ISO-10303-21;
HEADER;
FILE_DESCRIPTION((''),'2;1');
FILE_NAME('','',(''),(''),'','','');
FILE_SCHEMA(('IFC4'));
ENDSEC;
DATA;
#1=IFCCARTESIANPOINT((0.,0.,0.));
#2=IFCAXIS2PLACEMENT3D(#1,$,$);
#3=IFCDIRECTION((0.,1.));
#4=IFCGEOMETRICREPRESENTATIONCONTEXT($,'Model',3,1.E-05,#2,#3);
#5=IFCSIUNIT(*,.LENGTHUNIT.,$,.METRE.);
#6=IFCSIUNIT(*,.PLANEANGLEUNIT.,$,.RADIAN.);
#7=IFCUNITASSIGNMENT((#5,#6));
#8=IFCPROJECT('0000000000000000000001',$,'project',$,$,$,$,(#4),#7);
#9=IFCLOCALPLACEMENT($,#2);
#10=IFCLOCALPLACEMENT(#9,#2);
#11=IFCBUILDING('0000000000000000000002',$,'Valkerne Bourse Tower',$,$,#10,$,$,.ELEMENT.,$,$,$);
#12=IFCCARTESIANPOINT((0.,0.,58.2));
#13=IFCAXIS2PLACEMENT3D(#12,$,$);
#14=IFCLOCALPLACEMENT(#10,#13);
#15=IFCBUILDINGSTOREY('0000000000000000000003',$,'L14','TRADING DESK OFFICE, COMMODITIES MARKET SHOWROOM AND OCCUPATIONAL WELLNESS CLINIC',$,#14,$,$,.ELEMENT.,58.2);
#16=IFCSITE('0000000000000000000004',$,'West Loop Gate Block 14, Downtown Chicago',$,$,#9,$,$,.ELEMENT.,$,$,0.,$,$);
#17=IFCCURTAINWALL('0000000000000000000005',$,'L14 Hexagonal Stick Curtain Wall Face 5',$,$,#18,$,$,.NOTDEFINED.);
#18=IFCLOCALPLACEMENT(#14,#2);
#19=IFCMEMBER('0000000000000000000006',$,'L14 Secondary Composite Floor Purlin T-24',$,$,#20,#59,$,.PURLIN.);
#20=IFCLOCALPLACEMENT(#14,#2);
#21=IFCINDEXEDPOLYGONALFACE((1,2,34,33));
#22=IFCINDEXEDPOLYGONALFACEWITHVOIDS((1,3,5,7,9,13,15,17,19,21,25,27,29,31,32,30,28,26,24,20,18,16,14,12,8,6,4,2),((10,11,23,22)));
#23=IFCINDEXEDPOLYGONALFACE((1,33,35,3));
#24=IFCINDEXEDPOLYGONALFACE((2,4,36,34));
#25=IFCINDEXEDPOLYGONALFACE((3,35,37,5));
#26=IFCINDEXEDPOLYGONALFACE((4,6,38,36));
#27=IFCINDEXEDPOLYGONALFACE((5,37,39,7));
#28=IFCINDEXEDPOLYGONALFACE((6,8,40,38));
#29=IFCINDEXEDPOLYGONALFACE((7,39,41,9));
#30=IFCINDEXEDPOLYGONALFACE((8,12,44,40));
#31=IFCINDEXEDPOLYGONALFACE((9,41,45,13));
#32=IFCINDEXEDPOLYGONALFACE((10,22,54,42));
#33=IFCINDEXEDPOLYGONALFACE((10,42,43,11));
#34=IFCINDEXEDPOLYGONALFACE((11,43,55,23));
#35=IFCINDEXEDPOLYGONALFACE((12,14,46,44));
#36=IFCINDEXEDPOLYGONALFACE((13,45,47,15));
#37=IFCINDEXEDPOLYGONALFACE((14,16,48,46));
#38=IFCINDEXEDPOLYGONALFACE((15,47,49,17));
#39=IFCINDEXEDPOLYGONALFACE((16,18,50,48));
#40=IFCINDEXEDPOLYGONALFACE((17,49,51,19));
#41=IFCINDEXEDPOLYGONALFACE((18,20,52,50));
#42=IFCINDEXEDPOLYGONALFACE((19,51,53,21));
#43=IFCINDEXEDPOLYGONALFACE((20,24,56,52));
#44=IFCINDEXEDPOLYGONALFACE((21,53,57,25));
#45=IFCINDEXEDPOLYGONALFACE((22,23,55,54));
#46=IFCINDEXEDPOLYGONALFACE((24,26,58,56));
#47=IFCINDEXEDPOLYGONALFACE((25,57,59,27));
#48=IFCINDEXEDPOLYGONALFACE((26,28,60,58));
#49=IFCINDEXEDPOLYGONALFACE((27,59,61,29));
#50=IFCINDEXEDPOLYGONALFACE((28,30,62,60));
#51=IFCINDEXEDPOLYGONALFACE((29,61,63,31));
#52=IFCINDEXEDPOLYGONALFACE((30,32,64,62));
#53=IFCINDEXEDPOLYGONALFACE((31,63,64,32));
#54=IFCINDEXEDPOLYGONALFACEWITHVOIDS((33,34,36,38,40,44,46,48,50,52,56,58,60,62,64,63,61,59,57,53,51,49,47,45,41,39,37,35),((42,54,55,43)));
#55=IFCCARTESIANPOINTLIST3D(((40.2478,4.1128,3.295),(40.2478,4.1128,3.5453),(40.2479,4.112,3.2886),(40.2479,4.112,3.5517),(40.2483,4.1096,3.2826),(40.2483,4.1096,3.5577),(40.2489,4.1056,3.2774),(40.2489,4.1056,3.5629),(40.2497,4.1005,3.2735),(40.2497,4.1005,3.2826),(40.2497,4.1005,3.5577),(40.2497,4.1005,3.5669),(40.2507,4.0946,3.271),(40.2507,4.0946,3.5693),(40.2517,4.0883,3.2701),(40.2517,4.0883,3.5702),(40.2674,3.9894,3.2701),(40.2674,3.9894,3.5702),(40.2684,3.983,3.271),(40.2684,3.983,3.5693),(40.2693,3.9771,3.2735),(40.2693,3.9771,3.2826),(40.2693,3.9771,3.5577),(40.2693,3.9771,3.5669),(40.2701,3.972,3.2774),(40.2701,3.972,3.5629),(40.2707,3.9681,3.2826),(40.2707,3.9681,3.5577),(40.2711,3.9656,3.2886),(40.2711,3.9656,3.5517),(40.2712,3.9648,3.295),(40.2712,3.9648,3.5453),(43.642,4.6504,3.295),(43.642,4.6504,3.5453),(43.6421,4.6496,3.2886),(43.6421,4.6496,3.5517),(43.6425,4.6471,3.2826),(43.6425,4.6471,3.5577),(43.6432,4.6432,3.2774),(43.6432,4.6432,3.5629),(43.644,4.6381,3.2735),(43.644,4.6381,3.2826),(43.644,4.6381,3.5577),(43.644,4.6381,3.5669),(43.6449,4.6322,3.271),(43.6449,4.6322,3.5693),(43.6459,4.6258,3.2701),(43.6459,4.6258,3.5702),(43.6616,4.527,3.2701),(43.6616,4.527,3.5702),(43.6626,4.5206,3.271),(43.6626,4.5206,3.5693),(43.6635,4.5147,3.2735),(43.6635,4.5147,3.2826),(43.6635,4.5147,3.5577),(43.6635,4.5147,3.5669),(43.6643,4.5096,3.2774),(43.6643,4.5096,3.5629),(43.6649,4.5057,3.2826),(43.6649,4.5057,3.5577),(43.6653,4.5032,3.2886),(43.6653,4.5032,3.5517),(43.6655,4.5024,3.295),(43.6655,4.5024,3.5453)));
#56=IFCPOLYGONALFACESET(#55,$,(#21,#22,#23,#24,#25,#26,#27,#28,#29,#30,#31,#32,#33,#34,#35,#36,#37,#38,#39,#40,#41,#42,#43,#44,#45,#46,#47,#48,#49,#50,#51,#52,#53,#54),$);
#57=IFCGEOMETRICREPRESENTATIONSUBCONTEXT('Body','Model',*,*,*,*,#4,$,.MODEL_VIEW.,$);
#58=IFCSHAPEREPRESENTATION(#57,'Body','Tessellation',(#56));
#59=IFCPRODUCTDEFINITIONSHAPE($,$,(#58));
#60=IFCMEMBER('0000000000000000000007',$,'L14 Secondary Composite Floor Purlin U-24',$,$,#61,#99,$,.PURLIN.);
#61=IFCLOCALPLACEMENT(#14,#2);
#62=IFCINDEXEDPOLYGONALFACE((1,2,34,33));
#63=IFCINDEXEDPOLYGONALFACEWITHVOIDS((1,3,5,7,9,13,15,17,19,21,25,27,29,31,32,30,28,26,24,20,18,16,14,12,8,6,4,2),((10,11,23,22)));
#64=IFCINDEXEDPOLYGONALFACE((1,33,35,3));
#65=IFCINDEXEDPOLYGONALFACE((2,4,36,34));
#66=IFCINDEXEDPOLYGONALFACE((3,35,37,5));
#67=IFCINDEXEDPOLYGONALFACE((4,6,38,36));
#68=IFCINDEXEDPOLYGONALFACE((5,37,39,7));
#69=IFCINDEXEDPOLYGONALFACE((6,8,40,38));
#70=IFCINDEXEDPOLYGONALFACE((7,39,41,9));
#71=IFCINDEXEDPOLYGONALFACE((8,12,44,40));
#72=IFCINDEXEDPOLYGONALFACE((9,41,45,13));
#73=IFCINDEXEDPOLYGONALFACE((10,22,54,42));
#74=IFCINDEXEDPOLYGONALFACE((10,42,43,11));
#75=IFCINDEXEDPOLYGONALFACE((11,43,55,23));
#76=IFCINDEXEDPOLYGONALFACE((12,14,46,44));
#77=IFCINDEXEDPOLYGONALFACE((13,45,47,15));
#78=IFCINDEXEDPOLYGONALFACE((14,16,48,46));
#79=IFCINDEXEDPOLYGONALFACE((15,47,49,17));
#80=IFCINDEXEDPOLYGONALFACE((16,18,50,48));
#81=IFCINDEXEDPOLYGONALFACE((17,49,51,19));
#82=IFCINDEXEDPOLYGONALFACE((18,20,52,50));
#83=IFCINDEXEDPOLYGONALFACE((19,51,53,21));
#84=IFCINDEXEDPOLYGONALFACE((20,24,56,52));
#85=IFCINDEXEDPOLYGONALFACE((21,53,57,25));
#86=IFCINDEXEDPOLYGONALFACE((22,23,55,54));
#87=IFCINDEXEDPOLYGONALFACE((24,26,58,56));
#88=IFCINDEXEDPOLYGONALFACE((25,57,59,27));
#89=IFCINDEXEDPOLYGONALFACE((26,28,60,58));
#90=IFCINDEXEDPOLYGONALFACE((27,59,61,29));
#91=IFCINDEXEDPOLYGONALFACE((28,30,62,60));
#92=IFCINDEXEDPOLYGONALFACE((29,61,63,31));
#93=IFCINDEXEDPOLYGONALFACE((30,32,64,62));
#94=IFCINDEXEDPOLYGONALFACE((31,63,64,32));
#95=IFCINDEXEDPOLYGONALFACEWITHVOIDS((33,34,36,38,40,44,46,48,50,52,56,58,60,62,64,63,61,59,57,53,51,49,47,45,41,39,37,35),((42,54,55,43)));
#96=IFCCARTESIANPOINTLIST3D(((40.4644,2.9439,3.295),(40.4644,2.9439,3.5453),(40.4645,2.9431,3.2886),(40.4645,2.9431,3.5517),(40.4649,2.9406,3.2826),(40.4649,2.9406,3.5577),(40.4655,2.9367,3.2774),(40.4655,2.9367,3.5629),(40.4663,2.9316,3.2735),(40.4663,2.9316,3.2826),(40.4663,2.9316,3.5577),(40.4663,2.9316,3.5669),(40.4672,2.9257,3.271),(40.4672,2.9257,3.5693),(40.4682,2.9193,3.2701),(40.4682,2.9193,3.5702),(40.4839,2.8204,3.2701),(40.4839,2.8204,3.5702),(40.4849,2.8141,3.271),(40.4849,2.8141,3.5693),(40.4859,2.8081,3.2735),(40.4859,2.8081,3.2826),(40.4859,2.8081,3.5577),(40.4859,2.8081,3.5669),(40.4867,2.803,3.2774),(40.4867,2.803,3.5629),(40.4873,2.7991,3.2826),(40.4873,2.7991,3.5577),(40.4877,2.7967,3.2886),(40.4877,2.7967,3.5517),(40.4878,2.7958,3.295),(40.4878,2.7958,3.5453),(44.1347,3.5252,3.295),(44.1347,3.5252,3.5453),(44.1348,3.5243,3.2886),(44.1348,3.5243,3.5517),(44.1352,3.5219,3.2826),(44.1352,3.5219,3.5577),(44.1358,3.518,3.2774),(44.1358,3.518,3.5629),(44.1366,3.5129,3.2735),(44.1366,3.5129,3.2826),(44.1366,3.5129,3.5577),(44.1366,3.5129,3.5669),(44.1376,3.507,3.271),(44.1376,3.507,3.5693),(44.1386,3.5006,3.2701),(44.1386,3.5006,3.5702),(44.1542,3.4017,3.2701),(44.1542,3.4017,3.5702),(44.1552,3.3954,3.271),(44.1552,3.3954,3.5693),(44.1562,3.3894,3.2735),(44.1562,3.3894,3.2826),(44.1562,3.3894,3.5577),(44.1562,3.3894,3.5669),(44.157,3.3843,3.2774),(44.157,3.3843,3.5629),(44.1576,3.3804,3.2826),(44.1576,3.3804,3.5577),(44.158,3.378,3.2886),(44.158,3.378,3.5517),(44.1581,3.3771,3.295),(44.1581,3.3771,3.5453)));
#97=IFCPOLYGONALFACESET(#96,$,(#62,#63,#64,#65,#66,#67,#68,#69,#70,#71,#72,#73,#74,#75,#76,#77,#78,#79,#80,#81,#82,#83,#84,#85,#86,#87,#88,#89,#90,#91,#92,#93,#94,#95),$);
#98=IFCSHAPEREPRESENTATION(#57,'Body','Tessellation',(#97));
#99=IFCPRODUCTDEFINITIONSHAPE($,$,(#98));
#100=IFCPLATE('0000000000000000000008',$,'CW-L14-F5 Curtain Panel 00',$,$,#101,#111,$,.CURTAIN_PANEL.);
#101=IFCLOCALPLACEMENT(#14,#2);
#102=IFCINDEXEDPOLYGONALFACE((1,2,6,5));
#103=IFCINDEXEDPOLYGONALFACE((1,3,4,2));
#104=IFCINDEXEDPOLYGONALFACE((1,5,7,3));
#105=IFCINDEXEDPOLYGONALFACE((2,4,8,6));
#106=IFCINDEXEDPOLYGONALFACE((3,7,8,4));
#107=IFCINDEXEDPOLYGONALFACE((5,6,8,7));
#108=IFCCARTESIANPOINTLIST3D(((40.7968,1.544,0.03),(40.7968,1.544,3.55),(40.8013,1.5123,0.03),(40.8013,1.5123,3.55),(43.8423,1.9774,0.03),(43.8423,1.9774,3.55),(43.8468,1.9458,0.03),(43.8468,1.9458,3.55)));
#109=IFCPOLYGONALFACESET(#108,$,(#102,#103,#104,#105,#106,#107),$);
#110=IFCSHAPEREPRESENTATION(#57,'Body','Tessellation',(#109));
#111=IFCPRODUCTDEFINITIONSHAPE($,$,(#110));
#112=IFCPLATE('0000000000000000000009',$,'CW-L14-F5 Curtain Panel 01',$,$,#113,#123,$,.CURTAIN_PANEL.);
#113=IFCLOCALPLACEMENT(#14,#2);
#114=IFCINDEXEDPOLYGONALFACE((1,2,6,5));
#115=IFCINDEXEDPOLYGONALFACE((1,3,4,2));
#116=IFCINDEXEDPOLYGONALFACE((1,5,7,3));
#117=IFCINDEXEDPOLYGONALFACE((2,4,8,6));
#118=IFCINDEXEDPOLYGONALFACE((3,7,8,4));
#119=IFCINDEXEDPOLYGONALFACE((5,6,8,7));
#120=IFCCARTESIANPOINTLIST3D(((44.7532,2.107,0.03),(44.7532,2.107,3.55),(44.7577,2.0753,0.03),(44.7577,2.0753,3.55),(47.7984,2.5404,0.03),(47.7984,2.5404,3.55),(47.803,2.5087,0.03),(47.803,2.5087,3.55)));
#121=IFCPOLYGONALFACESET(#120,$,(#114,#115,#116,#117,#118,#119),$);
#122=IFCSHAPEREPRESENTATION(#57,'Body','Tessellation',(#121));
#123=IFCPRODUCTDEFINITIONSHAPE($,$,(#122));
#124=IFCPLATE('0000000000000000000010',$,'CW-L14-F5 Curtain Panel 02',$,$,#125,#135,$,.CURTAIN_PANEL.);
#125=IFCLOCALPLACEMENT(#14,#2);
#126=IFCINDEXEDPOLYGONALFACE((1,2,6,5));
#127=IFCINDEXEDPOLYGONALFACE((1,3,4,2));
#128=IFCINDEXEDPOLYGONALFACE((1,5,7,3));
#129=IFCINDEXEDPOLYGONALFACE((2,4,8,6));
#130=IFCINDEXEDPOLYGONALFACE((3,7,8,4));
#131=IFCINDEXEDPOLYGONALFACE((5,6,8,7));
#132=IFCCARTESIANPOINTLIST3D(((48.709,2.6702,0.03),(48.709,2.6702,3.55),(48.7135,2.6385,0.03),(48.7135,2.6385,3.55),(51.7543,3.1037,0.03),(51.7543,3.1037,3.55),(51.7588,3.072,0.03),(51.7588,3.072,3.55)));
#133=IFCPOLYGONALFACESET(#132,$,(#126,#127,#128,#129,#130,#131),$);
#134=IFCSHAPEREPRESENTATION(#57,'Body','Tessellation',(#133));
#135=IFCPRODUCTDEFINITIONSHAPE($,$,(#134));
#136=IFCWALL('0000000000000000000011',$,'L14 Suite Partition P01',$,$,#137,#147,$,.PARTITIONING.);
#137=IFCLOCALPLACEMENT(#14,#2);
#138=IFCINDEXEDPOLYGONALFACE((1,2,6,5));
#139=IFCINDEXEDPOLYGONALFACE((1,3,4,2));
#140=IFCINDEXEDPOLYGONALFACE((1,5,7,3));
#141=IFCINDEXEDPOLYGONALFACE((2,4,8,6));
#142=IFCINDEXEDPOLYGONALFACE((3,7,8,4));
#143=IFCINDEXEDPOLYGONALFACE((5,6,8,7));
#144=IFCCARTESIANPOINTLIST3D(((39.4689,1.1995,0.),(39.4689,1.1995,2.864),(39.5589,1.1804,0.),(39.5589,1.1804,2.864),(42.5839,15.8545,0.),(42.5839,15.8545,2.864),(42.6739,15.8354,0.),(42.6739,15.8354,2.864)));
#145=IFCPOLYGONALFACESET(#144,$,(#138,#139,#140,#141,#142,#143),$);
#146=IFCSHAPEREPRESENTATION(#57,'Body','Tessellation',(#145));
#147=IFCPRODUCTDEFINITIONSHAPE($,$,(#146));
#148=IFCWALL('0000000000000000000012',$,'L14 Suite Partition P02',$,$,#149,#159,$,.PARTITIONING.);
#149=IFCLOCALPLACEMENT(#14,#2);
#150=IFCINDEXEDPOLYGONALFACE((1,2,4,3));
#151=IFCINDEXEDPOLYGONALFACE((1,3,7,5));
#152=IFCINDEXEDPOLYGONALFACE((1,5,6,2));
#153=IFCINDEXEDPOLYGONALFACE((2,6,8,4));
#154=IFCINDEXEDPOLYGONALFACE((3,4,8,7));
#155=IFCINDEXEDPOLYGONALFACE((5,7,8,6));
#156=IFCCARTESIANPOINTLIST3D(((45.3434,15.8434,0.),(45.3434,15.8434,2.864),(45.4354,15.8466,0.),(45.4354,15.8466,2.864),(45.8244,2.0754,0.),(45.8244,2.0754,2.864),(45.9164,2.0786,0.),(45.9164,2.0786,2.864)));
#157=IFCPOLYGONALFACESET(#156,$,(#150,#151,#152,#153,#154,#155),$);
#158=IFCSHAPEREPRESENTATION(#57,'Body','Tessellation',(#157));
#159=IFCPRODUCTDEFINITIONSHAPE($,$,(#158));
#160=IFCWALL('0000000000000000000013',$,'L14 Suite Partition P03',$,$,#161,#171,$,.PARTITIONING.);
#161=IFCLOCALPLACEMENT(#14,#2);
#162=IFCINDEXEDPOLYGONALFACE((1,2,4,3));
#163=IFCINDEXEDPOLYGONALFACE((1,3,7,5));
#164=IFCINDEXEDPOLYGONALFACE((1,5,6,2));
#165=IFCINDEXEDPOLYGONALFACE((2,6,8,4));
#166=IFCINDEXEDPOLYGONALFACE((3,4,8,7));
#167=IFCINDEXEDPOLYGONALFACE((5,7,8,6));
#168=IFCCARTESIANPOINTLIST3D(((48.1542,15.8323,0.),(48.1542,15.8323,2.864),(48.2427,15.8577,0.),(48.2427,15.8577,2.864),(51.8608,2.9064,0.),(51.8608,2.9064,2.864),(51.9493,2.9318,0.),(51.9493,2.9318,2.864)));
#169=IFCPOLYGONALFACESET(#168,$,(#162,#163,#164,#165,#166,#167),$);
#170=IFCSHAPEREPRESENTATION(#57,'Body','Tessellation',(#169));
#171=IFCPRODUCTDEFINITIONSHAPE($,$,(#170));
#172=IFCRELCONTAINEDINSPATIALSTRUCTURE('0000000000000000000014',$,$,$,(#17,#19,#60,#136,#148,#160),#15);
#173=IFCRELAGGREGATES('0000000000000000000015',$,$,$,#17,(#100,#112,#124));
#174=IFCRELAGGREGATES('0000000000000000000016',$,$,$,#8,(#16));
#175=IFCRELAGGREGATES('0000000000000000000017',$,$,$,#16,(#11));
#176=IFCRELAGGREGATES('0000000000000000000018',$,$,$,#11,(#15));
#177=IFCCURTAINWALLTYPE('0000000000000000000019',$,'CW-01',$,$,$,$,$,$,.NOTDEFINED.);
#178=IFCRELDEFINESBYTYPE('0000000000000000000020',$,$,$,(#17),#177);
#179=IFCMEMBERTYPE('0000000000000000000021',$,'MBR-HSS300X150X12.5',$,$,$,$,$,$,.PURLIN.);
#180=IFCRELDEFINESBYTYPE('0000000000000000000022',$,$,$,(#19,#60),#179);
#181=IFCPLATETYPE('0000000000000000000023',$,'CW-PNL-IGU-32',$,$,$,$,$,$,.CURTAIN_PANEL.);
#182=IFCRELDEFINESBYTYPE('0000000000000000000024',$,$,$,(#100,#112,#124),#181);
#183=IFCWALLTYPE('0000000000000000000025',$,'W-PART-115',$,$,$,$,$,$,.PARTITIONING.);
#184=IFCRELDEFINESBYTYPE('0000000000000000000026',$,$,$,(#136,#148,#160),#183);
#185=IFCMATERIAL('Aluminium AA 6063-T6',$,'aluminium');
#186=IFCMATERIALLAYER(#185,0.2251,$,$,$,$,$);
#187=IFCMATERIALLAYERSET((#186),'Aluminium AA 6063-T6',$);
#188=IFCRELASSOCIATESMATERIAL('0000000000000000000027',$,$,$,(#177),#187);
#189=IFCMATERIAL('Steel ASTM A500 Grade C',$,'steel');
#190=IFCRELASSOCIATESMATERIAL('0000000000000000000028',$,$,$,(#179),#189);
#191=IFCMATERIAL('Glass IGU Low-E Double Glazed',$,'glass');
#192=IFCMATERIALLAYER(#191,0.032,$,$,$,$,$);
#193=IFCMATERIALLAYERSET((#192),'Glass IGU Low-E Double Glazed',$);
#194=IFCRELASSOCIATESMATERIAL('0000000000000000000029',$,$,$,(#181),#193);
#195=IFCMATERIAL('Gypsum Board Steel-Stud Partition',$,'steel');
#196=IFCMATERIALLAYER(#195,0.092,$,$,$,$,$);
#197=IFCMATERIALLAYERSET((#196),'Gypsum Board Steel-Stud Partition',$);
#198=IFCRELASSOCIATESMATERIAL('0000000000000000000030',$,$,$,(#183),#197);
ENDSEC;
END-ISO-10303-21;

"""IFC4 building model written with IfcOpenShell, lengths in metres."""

from ifc_helpers import new_model, si_unit, direction, frame, frame_2d, origin, origin_2d, place, context, subcontext, project, spatial, rectangle, hollow_rectangle, extrude, material, layer, layer_set, material_profile, profile_set, type_object, element, aggregate, save


model = new_model("IFC4")

# Units and contexts
model_context = context("Model", 3, precision=1e-05, world=origin(), true_north=direction((0.0, 1.0)))
body_context = subcontext(model_context, "Body", "Model", "MODEL_VIEW")
ifc_project = project(units=[si_unit("LENGTHUNIT", "METRE"), si_unit("PLANEANGLEUNIT", "RADIAN")], contexts=[model_context])

# Site, building, storey
site_placement = place(None, origin())
site = spatial("IfcSite", under=ifc_project, at=site_placement, Name="West Loop Gate Block 14, Downtown Chicago", CompositionType="ELEMENT", RefElevation=0.0)
building_placement = place(site_placement, origin())
building = spatial("IfcBuilding", under=site, at=building_placement, Name="Valkerne Bourse Tower", CompositionType="ELEMENT")
storey_placement = place(building_placement, frame((0.0, 0.0, 58.2)))
storey = spatial("IfcBuildingStorey", under=building, at=storey_placement, Name="L14", Description="TRADING DESK OFFICE, COMMODITIES MARKET SHOWROOM AND OCCUPATIONAL WELLNESS CLINIC", CompositionType="ELEMENT", Elevation=58.2)

# Curtain wall
ifc_material_1 = material(Name="Aluminium AA 6063-T6", Category="aluminium")
ifc_layer_1 = layer(ifc_material_1, 0.2251)
ifc_layer_set_1 = layer_set([ifc_layer_1], Name="Aluminium AA 6063-T6")
curtain_wall_type = type_object("IfcCurtainWallType", Name="CW-01", PredefinedType="NOTDEFINED", material=ifc_layer_set_1)
curtain_wall_placement = place(storey_placement, origin())
curtain_wall = element("IfcCurtainWall", 1, at=curtain_wall_placement, inside=storey, type_object=curtain_wall_type, Name="L14 Hexagonal Stick Curtain Wall Face 5", PredefinedType="NOTDEFINED")

# Members
ifc_material_2 = material(Name="Steel ASTM A500 Grade C", Category="steel")
ifc_material_profile_1 = material_profile(ifc_material_2, hollow_rectangle(XDim=0.1499, YDim=0.3, WallThickness=0.0125, OuterFilletRadius=0.0249, at=origin_2d()), Name="HSS300X150X12.5")
ifc_profile_set_1 = profile_set([ifc_material_profile_1], Name="Steel ASTM A500 Grade C")
member_type_1 = type_object("IfcMemberType", Name="MBR-HSS300X150X12.5", PredefinedType="PURLIN", material=ifc_profile_set_1)
member_1_placement = place(storey_placement, frame((40.2595, 4.0388, 3.4202), z_axis=(0.987689, 0.156433, 0.0), x_axis=(-0.156433, 0.987689, 0.0)))
element("IfcMember", 2, at=member_1_placement, inside=storey, type_object=member_type_1, Name="L14 Secondary Composite Floor Purlin T-24", PredefinedType="PURLIN", context=body_context, shape_type="SweptSolid", body=[
    extrude(hollow_rectangle(XDim=0.1499, YDim=0.3, WallThickness=0.0125, OuterFilletRadius=0.0249, at=origin_2d()), origin(), (0.0, 0.0, 1.0), 3.4365),
])
member_2_placement = place(storey_placement, frame((40.4761, 2.8699, 3.4202), z_axis=(0.98769, 0.156425, 0.0), x_axis=(-0.156425, 0.98769, 0.0)))
element("IfcMember", 3, at=member_2_placement, inside=storey, type_object=member_type_1, Name="L14 Secondary Composite Floor Purlin U-24", PredefinedType="PURLIN", context=body_context, shape_type="SweptSolid", body=[
    extrude(hollow_rectangle(XDim=0.1499, YDim=0.3, WallThickness=0.0125, OuterFilletRadius=0.0249, at=origin_2d()), origin(), (0.0, 0.0, 1.0), 3.7161),
])

# Plates
ifc_material_3 = material(Name="Glass IGU Low-E Double Glazed", Category="glass")
ifc_layer_2 = layer(ifc_material_3, 0.032)
ifc_layer_set_2 = layer_set([ifc_layer_2], Name="Glass IGU Low-E Double Glazed")
plate_type = type_object("IfcPlateType", Name="CW-PNL-IGU-32", PredefinedType="CURTAIN_PANEL", material=ifc_layer_set_2)
plate_1_placement = place(storey_placement, frame((42.3218, 1.7449, 0.03), z_axis=(0.0, 0.0, 1.0), x_axis=(0.990022, 0.140913, 0.0)))
plate_1 = element("IfcPlate", 4, at=plate_1_placement, type_object=plate_type, Name="CW-L14-F5 Curtain Panel 00", PredefinedType="CURTAIN_PANEL", context=body_context, shape_type="SweptSolid", body=[
    extrude(rectangle(XDim=3.0762, YDim=0.032, at=origin_2d()), origin(), (0.0, 0.0, 1.0), 3.52),
])
plate_2_placement = place(storey_placement, frame((46.2781, 2.3079, 0.03), z_axis=(0.0, 0.0, 1.0), x_axis=(0.990025, 0.140892, 0.0)))
plate_2 = element("IfcPlate", 5, at=plate_2_placement, type_object=plate_type, Name="CW-L14-F5 Curtain Panel 01", PredefinedType="CURTAIN_PANEL", context=body_context, shape_type="SweptSolid", body=[
    extrude(rectangle(XDim=3.0759, YDim=0.032, at=origin_2d()), origin(), (0.0, 0.0, 1.0), 3.52),
])
plate_3_placement = place(storey_placement, frame((50.2339, 2.8711, 0.03), z_axis=(0.0, 0.0, 1.0), x_axis=(0.990021, 0.140917, 0.0)))
plate_3 = element("IfcPlate", 6, at=plate_3_placement, type_object=plate_type, Name="CW-L14-F5 Curtain Panel 02", PredefinedType="CURTAIN_PANEL", context=body_context, shape_type="SweptSolid", body=[
    extrude(rectangle(XDim=3.0759, YDim=0.032, at=origin_2d()), origin(), (0.0, 0.0, 1.0), 3.52),
])
aggregate(curtain_wall, [plate_1, plate_2, plate_3])

# Walls
ifc_material_4 = material(Name="Gypsum Board Steel-Stud Partition", Category="steel")
ifc_layer_3 = layer(ifc_material_4, 0.092)
ifc_layer_set_3 = layer_set([ifc_layer_3], Name="Gypsum Board Steel-Stud Partition")
wall_type = type_object("IfcWallType", Name="W-PART-115", PredefinedType="PARTITIONING", material=ifc_layer_set_3)
wall_1_placement = place(storey_placement, frame((42.6289, 15.845, 0.0), z_axis=(0.0, 0.0, 1.0), x_axis=(-0.20791, -0.978148, 0.0)))
element("IfcWall", 7, at=wall_1_placement, inside=storey, type_object=wall_type, Name="L14 Suite Partition P01", PredefinedType="PARTITIONING", context=body_context, shape_type="SweptSolid", body=[
    extrude(rectangle(XDim=14.9824, YDim=0.092, at=frame_2d((7.4912, 0.0))), origin(), (0.0, 0.0, 1.0), 2.864),
])
wall_2_placement = place(storey_placement, frame((45.3894, 15.845, 0.0), z_axis=(0.0, 0.0, 1.0), x_axis=(0.034911, -0.99939, 0.0)))
element("IfcWall", 8, at=wall_2_placement, inside=storey, type_object=wall_type, Name="L14 Suite Partition P02", PredefinedType="PARTITIONING", context=body_context, shape_type="SweptSolid", body=[
    extrude(rectangle(XDim=13.7764, YDim=0.092, at=frame_2d((6.8882, 0.0))), origin(), (0.0, 0.0, 1.0), 2.864),
])
wall_3_placement = place(storey_placement, frame((48.1985, 15.845, 0.0), z_axis=(0.0, 0.0, 1.0), x_axis=(0.275647, -0.961259, 0.0)))
element("IfcWall", 9, at=wall_3_placement, inside=storey, type_object=wall_type, Name="L14 Suite Partition P03", PredefinedType="PARTITIONING", context=body_context, shape_type="SweptSolid", body=[
    extrude(rectangle(XDim=13.4468, YDim=0.092, at=frame_2d((6.7234, 0.0))), origin(), (0.0, 0.0, 1.0), 2.864),
])

save(model, "model.ifc")
